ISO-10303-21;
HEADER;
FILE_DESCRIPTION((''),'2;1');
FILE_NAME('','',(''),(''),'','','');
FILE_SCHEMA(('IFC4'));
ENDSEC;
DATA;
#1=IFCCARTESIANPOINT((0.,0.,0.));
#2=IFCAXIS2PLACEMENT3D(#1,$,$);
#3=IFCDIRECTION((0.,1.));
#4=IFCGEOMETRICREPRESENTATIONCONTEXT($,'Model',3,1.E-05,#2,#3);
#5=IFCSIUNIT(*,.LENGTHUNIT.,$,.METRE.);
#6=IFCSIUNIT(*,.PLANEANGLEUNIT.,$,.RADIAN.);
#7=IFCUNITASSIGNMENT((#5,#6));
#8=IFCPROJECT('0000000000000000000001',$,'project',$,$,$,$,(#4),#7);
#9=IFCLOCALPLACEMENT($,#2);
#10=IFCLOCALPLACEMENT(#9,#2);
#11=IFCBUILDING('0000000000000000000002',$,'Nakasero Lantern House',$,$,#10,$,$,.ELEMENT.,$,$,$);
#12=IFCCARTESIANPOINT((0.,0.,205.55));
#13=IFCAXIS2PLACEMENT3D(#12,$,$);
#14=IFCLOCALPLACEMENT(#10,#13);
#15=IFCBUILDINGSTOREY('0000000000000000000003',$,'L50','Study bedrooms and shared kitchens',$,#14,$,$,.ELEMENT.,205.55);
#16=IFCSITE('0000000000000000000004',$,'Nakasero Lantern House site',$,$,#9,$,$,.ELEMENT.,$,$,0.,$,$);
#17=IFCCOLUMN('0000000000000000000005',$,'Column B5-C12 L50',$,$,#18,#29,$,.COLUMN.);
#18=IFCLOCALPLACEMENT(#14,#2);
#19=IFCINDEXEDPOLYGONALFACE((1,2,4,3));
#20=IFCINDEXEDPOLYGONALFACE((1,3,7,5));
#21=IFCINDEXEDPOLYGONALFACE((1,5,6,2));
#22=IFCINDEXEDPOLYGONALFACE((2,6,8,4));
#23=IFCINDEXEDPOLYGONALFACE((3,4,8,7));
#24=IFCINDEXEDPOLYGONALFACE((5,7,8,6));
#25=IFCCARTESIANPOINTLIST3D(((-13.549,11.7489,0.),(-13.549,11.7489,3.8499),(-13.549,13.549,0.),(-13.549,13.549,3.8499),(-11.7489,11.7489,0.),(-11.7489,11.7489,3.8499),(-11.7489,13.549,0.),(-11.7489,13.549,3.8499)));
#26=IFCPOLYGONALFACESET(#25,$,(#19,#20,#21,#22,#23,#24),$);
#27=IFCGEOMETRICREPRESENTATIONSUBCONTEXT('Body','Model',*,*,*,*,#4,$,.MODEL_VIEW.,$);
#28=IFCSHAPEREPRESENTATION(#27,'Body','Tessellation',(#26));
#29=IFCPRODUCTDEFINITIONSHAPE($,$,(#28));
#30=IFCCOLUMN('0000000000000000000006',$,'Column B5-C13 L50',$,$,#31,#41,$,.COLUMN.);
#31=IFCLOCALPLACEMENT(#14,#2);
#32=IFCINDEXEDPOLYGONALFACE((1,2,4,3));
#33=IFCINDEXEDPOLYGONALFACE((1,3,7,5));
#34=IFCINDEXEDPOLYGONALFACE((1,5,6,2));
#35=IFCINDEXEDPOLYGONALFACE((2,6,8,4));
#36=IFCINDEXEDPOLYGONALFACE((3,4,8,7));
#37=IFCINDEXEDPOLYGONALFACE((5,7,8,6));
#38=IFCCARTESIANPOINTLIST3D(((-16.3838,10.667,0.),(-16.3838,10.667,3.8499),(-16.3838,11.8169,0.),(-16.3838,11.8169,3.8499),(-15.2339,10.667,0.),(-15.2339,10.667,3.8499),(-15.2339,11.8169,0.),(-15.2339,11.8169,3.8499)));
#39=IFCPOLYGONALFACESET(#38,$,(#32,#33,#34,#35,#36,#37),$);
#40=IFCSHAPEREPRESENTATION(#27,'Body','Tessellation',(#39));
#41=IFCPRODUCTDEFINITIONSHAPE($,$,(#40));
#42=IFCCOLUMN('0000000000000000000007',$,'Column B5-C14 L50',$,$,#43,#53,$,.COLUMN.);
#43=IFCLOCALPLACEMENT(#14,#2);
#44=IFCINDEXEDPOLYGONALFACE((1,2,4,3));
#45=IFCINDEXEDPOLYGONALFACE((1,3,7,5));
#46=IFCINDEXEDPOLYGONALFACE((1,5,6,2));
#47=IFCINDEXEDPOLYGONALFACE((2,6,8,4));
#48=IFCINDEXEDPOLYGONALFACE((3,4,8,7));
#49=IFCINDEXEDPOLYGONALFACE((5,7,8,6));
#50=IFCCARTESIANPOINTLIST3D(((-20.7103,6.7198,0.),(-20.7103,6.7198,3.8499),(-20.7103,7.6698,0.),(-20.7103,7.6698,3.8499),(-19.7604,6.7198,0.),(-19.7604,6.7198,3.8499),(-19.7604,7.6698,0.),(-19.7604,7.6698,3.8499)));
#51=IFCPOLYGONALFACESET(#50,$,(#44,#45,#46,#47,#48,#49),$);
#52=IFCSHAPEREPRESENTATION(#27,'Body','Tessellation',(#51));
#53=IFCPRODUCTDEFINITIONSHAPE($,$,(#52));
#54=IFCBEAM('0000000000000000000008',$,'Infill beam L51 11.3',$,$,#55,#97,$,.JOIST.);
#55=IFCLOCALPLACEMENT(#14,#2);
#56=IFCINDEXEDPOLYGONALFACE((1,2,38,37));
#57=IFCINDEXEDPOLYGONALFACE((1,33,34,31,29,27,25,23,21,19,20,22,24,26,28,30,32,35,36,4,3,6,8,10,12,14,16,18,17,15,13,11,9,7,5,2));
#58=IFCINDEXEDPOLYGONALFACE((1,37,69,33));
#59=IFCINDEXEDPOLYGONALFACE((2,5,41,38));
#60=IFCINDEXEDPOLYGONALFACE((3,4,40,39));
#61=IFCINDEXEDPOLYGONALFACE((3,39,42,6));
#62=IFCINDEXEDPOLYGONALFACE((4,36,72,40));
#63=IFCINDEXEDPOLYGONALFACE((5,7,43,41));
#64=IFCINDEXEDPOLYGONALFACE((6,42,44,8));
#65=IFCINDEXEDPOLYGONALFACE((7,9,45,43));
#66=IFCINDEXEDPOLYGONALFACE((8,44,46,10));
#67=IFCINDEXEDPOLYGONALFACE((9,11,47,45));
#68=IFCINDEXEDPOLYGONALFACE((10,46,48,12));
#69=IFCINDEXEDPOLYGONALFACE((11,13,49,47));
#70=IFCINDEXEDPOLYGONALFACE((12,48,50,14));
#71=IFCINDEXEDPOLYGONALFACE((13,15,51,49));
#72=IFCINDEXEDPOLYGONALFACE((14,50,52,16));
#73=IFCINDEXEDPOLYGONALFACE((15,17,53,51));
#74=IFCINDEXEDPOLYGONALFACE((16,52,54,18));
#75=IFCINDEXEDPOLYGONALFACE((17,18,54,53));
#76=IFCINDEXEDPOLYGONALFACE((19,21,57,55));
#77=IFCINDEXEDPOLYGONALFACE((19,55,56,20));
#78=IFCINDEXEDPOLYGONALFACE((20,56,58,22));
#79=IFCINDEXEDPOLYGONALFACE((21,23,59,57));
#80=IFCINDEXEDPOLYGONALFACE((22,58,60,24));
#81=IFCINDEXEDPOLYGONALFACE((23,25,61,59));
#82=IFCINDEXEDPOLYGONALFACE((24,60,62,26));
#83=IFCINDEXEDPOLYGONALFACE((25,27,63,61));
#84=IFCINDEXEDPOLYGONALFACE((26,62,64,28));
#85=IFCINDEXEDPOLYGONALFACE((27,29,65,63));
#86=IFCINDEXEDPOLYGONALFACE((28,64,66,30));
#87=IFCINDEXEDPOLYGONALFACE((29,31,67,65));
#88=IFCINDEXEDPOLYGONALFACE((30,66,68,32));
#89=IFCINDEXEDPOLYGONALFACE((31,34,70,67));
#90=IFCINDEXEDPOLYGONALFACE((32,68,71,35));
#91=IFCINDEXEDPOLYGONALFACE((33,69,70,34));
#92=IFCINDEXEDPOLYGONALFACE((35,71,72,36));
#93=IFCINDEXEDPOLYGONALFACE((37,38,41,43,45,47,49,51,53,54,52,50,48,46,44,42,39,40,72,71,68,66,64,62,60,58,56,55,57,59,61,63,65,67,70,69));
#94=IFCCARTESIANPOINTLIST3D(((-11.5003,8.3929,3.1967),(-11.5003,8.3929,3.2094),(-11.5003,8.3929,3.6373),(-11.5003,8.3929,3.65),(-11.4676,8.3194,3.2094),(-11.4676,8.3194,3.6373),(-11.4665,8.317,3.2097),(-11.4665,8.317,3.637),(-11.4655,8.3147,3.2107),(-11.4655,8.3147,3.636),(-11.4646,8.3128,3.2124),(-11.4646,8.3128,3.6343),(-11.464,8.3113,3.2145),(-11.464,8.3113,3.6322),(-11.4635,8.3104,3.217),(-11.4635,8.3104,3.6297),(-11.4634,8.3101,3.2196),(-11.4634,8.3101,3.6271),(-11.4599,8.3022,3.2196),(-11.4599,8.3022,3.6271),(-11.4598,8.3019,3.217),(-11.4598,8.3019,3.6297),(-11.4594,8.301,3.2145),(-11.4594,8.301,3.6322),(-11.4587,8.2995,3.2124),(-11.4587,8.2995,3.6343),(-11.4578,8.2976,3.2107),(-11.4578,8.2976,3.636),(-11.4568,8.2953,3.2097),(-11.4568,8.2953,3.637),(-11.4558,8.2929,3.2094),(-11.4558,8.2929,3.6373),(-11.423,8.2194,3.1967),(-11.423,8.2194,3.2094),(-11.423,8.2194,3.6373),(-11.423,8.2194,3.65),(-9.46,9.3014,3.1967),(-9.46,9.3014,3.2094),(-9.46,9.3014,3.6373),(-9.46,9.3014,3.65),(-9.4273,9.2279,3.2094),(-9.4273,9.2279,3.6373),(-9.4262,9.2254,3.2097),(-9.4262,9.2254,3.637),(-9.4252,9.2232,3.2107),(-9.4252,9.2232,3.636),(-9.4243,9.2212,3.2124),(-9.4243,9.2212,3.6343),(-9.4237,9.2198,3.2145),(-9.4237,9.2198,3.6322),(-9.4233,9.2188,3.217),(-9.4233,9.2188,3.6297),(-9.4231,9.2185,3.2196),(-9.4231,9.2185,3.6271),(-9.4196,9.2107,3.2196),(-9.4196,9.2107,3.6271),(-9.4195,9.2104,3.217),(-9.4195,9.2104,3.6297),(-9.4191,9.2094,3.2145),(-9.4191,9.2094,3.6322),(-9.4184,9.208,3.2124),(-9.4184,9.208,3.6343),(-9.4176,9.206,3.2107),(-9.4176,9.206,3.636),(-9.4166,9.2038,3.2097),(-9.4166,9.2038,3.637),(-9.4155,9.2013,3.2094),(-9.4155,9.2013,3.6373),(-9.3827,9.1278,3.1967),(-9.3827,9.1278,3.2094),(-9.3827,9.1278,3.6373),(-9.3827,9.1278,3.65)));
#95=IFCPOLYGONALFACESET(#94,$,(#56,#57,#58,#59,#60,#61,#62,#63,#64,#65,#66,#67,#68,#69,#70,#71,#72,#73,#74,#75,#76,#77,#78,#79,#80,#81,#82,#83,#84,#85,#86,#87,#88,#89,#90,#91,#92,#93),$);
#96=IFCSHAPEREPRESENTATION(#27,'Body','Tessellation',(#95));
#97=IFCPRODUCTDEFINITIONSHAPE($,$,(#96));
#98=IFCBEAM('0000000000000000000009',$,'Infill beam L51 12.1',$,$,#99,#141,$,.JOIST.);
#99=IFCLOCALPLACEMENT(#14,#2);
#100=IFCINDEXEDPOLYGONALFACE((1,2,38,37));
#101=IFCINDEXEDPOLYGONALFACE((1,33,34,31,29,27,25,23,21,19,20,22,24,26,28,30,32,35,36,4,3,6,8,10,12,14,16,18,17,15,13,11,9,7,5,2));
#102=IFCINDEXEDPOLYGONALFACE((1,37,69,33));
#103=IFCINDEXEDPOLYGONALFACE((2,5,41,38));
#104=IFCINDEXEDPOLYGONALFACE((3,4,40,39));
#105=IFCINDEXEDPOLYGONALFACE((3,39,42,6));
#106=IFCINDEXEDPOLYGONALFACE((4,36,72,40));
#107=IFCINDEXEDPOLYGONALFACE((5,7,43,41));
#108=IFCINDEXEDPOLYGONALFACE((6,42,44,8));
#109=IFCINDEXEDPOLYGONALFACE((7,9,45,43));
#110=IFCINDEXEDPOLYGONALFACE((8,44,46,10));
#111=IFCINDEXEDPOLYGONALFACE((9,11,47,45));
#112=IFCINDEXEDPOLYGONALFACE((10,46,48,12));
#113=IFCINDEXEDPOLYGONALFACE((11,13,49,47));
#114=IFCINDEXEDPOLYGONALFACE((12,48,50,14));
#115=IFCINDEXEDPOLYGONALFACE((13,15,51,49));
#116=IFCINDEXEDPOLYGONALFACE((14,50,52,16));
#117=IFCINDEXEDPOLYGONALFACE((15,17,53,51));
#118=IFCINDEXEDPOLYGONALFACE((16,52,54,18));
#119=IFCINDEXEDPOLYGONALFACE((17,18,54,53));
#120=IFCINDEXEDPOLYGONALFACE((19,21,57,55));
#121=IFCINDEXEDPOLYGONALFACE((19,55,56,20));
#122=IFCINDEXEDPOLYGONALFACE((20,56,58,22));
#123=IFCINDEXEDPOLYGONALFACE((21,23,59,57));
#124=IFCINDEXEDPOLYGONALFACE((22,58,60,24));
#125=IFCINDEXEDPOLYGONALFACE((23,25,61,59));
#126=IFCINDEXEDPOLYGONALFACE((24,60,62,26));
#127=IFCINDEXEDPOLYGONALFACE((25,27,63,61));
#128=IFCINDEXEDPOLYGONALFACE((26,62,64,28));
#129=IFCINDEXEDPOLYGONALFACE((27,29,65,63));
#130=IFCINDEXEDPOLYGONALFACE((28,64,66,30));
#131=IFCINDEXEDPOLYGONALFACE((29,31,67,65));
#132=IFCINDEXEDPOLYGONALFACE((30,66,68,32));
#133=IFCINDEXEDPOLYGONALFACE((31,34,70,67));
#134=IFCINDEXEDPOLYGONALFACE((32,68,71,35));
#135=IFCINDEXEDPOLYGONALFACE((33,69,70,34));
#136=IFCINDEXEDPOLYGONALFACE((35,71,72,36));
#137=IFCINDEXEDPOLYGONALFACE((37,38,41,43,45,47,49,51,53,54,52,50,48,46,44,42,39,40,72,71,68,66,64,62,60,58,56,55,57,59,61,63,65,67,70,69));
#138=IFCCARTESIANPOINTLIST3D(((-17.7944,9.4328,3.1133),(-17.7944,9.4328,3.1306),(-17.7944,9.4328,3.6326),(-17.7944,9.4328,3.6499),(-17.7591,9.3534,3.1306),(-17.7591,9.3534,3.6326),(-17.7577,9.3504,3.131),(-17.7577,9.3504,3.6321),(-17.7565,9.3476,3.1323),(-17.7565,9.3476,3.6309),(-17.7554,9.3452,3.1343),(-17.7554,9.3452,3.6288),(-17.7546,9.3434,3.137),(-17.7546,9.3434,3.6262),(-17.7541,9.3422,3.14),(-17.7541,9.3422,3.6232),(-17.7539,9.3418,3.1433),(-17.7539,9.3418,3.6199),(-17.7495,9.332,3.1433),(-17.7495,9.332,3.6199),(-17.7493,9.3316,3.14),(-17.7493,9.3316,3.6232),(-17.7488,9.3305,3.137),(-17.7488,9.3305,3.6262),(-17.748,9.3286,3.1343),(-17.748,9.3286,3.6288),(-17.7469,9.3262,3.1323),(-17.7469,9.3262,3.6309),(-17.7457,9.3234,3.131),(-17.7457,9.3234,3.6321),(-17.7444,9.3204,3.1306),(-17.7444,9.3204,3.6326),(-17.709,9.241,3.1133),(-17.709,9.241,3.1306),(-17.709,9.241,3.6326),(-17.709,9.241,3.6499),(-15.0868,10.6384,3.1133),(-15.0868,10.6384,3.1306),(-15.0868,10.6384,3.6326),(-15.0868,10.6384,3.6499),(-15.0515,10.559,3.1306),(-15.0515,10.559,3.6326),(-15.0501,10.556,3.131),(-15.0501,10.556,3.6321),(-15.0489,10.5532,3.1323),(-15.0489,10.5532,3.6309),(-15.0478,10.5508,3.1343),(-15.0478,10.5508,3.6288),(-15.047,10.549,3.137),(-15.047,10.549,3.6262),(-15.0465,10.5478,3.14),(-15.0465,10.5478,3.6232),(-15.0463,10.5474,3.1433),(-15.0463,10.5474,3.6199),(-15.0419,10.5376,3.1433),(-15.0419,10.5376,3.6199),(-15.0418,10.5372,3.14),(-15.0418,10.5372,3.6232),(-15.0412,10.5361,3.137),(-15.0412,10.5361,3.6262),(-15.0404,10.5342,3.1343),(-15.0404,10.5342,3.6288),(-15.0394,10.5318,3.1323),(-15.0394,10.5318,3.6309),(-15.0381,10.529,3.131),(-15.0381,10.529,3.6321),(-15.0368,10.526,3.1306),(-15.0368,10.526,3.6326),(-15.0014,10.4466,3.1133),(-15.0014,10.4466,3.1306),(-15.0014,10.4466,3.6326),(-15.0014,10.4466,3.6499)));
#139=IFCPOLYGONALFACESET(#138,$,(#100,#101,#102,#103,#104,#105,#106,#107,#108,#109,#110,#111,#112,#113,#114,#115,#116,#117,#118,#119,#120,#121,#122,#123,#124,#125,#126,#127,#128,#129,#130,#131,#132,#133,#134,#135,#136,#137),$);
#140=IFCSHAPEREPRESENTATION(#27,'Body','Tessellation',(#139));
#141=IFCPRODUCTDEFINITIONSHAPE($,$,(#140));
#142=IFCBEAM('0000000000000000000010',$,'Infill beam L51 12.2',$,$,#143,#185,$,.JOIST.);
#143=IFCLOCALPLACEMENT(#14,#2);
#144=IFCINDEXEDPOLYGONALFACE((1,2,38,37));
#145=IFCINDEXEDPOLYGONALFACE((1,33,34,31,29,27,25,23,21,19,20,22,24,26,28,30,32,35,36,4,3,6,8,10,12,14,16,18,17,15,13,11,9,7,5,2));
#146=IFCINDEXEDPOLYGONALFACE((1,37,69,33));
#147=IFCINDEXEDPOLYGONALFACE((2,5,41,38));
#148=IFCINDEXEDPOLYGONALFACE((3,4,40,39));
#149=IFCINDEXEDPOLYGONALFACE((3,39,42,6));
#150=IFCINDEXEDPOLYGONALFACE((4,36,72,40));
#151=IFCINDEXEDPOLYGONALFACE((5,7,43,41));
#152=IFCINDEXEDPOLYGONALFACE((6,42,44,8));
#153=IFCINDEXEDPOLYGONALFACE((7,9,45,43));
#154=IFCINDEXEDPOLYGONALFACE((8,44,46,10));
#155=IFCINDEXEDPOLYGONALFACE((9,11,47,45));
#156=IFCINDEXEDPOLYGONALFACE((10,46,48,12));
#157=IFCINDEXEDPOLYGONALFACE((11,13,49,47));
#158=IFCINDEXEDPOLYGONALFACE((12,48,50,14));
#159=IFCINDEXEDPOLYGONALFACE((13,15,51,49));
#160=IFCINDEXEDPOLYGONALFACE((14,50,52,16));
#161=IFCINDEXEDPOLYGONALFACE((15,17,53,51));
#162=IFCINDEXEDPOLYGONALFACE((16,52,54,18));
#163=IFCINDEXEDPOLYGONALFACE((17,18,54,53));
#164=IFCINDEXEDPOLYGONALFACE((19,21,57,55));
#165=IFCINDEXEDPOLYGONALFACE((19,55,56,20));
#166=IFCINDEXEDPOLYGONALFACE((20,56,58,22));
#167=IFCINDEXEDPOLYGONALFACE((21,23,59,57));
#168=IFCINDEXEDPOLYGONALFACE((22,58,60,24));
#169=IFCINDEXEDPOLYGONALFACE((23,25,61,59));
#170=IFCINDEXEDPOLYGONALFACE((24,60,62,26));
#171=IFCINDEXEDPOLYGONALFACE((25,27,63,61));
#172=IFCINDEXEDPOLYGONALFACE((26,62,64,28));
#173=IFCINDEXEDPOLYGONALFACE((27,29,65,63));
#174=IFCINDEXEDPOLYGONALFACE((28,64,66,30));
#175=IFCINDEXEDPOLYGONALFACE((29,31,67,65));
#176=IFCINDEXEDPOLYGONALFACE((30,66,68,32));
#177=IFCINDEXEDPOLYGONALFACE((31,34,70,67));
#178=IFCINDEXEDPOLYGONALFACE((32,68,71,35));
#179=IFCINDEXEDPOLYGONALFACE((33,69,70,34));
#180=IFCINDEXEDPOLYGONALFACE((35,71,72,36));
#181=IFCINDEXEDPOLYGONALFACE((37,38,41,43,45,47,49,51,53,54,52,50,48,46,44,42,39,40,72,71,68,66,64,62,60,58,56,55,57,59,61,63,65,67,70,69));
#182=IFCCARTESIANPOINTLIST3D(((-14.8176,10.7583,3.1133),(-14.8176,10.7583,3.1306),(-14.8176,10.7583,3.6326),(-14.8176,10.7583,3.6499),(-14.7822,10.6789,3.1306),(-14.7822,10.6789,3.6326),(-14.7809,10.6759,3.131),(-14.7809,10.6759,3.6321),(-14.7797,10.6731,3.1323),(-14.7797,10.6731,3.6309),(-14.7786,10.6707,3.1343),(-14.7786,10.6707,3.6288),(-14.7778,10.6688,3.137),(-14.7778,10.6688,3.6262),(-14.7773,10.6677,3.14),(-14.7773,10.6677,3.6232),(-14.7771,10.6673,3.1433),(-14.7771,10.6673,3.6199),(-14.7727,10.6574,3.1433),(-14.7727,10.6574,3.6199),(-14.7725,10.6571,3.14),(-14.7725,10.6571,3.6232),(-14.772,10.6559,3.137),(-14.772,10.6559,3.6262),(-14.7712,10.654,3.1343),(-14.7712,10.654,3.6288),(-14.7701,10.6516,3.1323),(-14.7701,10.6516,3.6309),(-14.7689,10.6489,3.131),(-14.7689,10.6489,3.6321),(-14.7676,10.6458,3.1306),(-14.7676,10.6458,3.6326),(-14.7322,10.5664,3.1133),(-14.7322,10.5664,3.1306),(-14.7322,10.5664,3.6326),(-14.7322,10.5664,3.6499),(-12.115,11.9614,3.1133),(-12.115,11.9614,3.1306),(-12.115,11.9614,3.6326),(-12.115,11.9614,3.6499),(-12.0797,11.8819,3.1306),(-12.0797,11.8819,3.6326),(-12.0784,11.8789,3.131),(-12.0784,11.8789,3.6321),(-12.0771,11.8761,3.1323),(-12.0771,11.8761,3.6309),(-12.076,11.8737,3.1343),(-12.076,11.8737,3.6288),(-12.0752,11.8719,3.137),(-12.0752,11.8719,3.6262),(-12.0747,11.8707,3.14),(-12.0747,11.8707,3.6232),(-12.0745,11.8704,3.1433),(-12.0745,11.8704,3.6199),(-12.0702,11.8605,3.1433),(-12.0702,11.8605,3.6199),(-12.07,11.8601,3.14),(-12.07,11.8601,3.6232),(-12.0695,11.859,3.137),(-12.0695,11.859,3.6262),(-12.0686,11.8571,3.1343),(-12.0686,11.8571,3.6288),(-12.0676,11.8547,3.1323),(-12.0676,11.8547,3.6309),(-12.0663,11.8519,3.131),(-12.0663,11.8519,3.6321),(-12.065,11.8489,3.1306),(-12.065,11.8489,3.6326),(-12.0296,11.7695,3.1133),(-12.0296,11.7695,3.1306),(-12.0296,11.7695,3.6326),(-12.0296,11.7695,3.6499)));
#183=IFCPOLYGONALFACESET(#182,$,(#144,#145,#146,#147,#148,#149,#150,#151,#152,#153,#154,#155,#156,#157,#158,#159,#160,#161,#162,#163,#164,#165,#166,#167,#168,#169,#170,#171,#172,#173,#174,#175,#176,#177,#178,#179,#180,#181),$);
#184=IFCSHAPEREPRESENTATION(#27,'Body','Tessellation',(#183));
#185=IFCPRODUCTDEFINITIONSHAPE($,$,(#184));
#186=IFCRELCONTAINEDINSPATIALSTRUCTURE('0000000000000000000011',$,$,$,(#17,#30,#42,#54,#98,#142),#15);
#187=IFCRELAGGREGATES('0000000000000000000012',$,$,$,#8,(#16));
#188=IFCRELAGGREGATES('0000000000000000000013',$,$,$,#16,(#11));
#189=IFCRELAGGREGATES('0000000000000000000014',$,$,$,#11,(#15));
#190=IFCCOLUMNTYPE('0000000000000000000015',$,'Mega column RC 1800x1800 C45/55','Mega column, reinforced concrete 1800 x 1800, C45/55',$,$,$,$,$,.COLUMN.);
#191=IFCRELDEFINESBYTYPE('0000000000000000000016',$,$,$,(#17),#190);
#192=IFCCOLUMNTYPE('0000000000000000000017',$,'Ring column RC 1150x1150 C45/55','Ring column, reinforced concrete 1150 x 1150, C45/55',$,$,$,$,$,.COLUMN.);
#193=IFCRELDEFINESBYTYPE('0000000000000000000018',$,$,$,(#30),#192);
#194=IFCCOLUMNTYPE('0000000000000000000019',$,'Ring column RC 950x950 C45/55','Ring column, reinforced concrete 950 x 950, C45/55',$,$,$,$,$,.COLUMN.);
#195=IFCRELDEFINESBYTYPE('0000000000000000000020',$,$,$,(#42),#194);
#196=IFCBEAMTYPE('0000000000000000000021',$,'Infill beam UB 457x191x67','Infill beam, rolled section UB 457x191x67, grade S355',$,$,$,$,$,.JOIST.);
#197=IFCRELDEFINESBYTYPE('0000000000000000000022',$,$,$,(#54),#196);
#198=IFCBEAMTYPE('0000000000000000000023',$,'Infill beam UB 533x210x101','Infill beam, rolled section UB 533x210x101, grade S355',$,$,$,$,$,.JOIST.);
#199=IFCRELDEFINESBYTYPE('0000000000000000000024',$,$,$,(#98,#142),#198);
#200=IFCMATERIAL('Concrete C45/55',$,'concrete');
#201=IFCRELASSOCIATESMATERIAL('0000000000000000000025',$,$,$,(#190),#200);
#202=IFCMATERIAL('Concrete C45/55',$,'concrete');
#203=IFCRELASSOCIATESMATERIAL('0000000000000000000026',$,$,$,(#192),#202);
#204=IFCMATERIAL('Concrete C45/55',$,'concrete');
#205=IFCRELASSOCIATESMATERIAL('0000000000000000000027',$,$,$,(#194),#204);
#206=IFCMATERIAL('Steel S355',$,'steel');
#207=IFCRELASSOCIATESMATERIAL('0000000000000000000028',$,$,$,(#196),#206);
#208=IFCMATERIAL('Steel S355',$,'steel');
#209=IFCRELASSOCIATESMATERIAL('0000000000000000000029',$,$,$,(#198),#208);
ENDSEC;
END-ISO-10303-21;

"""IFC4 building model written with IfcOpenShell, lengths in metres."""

from ifc_helpers import new_model, si_unit, direction, frame, origin, origin_2d, place, context, subcontext, project, spatial, rectangle, i_section, extrude, material, material_profile, profile_set, type_object, element, save


model = new_model("IFC4")

# Units and contexts
model_context = context("Model", 3, precision=1e-05, world=origin(), true_north=direction((0.0, 1.0)))
body_context = subcontext(model_context, "Body", "Model", "MODEL_VIEW")
ifc_project = project(units=[si_unit("LENGTHUNIT", "METRE"), si_unit("PLANEANGLEUNIT", "RADIAN")], contexts=[model_context])

# Site, building, storey
site_placement = place(None, origin())
site = spatial("IfcSite", under=ifc_project, at=site_placement, Name="Nakasero Lantern House site", CompositionType="ELEMENT", RefElevation=0.0)
building_placement = place(site_placement, origin())
building = spatial("IfcBuilding", under=site, at=building_placement, Name="Nakasero Lantern House", CompositionType="ELEMENT")
storey_placement = place(building_placement, frame((0.0, 0.0, 205.55)))
storey = spatial("IfcBuildingStorey", under=building, at=storey_placement, Name="L50", Description="Study bedrooms and shared kitchens", CompositionType="ELEMENT", Elevation=205.55)

# Columns
ifc_material_1 = material(Name="Concrete C45/55", Category="concrete")
ifc_material_profile_1 = material_profile(ifc_material_1, rectangle(XDim=1.8, YDim=1.8, at=origin_2d()), Name="RC 1800x1800")
ifc_profile_set_1 = profile_set([ifc_material_profile_1], Name="Concrete C45/55")
column_type_1 = type_object("IfcColumnType", Name="Mega column RC 1800x1800 C45/55", Description="Mega column, reinforced concrete 1800 x 1800, C45/55", PredefinedType="COLUMN", material=ifc_profile_set_1)
column_1_placement = place(storey_placement, frame((-12.6489, 12.6489, 0.0), z_axis=(0.0, 0.0, 1.0), x_axis=(1.0, 0.0, 0.0)))
element("IfcColumn", 1, at=column_1_placement, inside=storey, type_object=column_type_1, Name="Column B5-C12 L50", PredefinedType="COLUMN", context=body_context, shape_type="SweptSolid", body=[
    extrude(rectangle(XDim=1.8, YDim=1.8, at=origin_2d()), origin(), (0.0, 0.0, 1.0), 3.8499),
])
ifc_material_2 = material(Name="Concrete C45/55", Category="concrete")
ifc_material_profile_2 = material_profile(ifc_material_2, rectangle(XDim=1.1499, YDim=1.1499, at=origin_2d()), Name="RC 1150x1150")
ifc_profile_set_2 = profile_set([ifc_material_profile_2], Name="Concrete C45/55")
column_type_2 = type_object("IfcColumnType", Name="Ring column RC 1150x1150 C45/55", Description="Ring column, reinforced concrete 1150 x 1150, C45/55", PredefinedType="COLUMN", material=ifc_profile_set_2)
column_2_placement = place(storey_placement, frame((-15.8088, 11.2419, 0.0), z_axis=(0.0, 0.0, 1.0), x_axis=(1.0, 0.0, 0.0)))
element("IfcColumn", 2, at=column_2_placement, inside=storey, type_object=column_type_2, Name="Column B5-C13 L50", PredefinedType="COLUMN", context=body_context, shape_type="SweptSolid", body=[
    extrude(rectangle(XDim=1.1499, YDim=1.1499, at=origin_2d()), origin(), (0.0, 0.0, 1.0), 3.8499),
])
ifc_material_3 = material(Name="Concrete C45/55", Category="concrete")
ifc_material_profile_3 = material_profile(ifc_material_3, rectangle(XDim=0.95, YDim=0.95, at=origin_2d()), Name="RC 950x950")
ifc_profile_set_3 = profile_set([ifc_material_profile_3], Name="Concrete C45/55")
column_type_3 = type_object("IfcColumnType", Name="Ring column RC 950x950 C45/55", Description="Ring column, reinforced concrete 950 x 950, C45/55", PredefinedType="COLUMN", material=ifc_profile_set_3)
column_3_placement = place(storey_placement, frame((-20.2354, 7.1948, 0.0), z_axis=(0.0, 0.0, 1.0), x_axis=(1.0, 0.0, 0.0)))
element("IfcColumn", 3, at=column_3_placement, inside=storey, type_object=column_type_3, Name="Column B5-C14 L50", PredefinedType="COLUMN", context=body_context, shape_type="SweptSolid", body=[
    extrude(rectangle(XDim=0.95, YDim=0.95, at=origin_2d()), origin(), (0.0, 0.0, 1.0), 3.8499),
])

# Beams
ifc_material_4 = material(Name="Steel S355", Category="steel")
ifc_material_profile_4 = material_profile(ifc_material_4, i_section(OverallWidth=0.1899, OverallDepth=0.4534, WebThickness=0.0085, FlangeThickness=0.0127, FilletRadius=0.0103, at=origin_2d()), Name="UB 457x191x67")
ifc_profile_set_4 = profile_set([ifc_material_profile_4], Name="Steel S355")
beam_type_1 = type_object("IfcBeamType", Name="Infill beam UB 457x191x67", Description="Infill beam, rolled section UB 457x191x67, grade S355", PredefinedType="JOIST", material=ifc_profile_set_4)
beam_1_placement = place(storey_placement, frame((-11.4617, 8.3062, 3.4233), z_axis=(0.913536, 0.406757, 0.0), x_axis=(-0.406757, 0.913536, 0.0)))
element("IfcBeam", 4, at=beam_1_placement, inside=storey, type_object=beam_type_1, Name="Infill beam L51 11.3", PredefinedType="JOIST", context=body_context, shape_type="SweptSolid", body=[
    extrude(i_section(OverallWidth=0.1899, OverallDepth=0.4534, WebThickness=0.0085, FlangeThickness=0.0127, FilletRadius=0.0103, at=origin_2d()), origin(), (0.0, 0.0, 1.0), 2.2334),
])
ifc_material_5 = material(Name="Steel S355", Category="steel")
ifc_material_profile_5 = material_profile(ifc_material_5, i_section(OverallWidth=0.21, OverallDepth=0.5366, WebThickness=0.0107, FlangeThickness=0.0173, FilletRadius=0.0127, at=origin_2d()), Name="UB 533x210x101")
ifc_profile_set_5 = profile_set([ifc_material_profile_5], Name="Steel S355")
beam_type_2 = type_object("IfcBeamType", Name="Infill beam UB 533x210x101", Description="Infill beam, rolled section UB 533x210x101, grade S355", PredefinedType="JOIST", material=ifc_profile_set_5)
beam_2_placement = place(storey_placement, frame((-17.7517, 9.3369, 3.3816), z_axis=(0.913533, 0.406765, 0.0), x_axis=(-0.406765, 0.913533, 0.0)))
element("IfcBeam", 5, at=beam_2_placement, inside=storey, type_object=beam_type_2, Name="Infill beam L51 12.1", PredefinedType="JOIST", context=body_context, shape_type="SweptSolid", body=[
    extrude(i_section(OverallWidth=0.21, OverallDepth=0.5366, WebThickness=0.0107, FlangeThickness=0.0173, FilletRadius=0.0127, at=origin_2d()), origin(), (0.0, 0.0, 1.0), 2.9639),
])
beam_3_placement = place(storey_placement, frame((-14.7749, 10.6624, 3.3816), z_axis=(0.913566, 0.40669, 0.0), x_axis=(-0.40669, 0.913566, 0.0)))
element("IfcBeam", 6, at=beam_3_placement, inside=storey, type_object=beam_type_2, Name="Infill beam L51 12.2", PredefinedType="JOIST", context=body_context, shape_type="SweptSolid", body=[
    extrude(i_section(OverallWidth=0.21, OverallDepth=0.5366, WebThickness=0.0107, FlangeThickness=0.0173, FilletRadius=0.0127, at=origin_2d()), origin(), (0.0, 0.0, 1.0), 2.9583),
])

save(model, "model.ifc")
